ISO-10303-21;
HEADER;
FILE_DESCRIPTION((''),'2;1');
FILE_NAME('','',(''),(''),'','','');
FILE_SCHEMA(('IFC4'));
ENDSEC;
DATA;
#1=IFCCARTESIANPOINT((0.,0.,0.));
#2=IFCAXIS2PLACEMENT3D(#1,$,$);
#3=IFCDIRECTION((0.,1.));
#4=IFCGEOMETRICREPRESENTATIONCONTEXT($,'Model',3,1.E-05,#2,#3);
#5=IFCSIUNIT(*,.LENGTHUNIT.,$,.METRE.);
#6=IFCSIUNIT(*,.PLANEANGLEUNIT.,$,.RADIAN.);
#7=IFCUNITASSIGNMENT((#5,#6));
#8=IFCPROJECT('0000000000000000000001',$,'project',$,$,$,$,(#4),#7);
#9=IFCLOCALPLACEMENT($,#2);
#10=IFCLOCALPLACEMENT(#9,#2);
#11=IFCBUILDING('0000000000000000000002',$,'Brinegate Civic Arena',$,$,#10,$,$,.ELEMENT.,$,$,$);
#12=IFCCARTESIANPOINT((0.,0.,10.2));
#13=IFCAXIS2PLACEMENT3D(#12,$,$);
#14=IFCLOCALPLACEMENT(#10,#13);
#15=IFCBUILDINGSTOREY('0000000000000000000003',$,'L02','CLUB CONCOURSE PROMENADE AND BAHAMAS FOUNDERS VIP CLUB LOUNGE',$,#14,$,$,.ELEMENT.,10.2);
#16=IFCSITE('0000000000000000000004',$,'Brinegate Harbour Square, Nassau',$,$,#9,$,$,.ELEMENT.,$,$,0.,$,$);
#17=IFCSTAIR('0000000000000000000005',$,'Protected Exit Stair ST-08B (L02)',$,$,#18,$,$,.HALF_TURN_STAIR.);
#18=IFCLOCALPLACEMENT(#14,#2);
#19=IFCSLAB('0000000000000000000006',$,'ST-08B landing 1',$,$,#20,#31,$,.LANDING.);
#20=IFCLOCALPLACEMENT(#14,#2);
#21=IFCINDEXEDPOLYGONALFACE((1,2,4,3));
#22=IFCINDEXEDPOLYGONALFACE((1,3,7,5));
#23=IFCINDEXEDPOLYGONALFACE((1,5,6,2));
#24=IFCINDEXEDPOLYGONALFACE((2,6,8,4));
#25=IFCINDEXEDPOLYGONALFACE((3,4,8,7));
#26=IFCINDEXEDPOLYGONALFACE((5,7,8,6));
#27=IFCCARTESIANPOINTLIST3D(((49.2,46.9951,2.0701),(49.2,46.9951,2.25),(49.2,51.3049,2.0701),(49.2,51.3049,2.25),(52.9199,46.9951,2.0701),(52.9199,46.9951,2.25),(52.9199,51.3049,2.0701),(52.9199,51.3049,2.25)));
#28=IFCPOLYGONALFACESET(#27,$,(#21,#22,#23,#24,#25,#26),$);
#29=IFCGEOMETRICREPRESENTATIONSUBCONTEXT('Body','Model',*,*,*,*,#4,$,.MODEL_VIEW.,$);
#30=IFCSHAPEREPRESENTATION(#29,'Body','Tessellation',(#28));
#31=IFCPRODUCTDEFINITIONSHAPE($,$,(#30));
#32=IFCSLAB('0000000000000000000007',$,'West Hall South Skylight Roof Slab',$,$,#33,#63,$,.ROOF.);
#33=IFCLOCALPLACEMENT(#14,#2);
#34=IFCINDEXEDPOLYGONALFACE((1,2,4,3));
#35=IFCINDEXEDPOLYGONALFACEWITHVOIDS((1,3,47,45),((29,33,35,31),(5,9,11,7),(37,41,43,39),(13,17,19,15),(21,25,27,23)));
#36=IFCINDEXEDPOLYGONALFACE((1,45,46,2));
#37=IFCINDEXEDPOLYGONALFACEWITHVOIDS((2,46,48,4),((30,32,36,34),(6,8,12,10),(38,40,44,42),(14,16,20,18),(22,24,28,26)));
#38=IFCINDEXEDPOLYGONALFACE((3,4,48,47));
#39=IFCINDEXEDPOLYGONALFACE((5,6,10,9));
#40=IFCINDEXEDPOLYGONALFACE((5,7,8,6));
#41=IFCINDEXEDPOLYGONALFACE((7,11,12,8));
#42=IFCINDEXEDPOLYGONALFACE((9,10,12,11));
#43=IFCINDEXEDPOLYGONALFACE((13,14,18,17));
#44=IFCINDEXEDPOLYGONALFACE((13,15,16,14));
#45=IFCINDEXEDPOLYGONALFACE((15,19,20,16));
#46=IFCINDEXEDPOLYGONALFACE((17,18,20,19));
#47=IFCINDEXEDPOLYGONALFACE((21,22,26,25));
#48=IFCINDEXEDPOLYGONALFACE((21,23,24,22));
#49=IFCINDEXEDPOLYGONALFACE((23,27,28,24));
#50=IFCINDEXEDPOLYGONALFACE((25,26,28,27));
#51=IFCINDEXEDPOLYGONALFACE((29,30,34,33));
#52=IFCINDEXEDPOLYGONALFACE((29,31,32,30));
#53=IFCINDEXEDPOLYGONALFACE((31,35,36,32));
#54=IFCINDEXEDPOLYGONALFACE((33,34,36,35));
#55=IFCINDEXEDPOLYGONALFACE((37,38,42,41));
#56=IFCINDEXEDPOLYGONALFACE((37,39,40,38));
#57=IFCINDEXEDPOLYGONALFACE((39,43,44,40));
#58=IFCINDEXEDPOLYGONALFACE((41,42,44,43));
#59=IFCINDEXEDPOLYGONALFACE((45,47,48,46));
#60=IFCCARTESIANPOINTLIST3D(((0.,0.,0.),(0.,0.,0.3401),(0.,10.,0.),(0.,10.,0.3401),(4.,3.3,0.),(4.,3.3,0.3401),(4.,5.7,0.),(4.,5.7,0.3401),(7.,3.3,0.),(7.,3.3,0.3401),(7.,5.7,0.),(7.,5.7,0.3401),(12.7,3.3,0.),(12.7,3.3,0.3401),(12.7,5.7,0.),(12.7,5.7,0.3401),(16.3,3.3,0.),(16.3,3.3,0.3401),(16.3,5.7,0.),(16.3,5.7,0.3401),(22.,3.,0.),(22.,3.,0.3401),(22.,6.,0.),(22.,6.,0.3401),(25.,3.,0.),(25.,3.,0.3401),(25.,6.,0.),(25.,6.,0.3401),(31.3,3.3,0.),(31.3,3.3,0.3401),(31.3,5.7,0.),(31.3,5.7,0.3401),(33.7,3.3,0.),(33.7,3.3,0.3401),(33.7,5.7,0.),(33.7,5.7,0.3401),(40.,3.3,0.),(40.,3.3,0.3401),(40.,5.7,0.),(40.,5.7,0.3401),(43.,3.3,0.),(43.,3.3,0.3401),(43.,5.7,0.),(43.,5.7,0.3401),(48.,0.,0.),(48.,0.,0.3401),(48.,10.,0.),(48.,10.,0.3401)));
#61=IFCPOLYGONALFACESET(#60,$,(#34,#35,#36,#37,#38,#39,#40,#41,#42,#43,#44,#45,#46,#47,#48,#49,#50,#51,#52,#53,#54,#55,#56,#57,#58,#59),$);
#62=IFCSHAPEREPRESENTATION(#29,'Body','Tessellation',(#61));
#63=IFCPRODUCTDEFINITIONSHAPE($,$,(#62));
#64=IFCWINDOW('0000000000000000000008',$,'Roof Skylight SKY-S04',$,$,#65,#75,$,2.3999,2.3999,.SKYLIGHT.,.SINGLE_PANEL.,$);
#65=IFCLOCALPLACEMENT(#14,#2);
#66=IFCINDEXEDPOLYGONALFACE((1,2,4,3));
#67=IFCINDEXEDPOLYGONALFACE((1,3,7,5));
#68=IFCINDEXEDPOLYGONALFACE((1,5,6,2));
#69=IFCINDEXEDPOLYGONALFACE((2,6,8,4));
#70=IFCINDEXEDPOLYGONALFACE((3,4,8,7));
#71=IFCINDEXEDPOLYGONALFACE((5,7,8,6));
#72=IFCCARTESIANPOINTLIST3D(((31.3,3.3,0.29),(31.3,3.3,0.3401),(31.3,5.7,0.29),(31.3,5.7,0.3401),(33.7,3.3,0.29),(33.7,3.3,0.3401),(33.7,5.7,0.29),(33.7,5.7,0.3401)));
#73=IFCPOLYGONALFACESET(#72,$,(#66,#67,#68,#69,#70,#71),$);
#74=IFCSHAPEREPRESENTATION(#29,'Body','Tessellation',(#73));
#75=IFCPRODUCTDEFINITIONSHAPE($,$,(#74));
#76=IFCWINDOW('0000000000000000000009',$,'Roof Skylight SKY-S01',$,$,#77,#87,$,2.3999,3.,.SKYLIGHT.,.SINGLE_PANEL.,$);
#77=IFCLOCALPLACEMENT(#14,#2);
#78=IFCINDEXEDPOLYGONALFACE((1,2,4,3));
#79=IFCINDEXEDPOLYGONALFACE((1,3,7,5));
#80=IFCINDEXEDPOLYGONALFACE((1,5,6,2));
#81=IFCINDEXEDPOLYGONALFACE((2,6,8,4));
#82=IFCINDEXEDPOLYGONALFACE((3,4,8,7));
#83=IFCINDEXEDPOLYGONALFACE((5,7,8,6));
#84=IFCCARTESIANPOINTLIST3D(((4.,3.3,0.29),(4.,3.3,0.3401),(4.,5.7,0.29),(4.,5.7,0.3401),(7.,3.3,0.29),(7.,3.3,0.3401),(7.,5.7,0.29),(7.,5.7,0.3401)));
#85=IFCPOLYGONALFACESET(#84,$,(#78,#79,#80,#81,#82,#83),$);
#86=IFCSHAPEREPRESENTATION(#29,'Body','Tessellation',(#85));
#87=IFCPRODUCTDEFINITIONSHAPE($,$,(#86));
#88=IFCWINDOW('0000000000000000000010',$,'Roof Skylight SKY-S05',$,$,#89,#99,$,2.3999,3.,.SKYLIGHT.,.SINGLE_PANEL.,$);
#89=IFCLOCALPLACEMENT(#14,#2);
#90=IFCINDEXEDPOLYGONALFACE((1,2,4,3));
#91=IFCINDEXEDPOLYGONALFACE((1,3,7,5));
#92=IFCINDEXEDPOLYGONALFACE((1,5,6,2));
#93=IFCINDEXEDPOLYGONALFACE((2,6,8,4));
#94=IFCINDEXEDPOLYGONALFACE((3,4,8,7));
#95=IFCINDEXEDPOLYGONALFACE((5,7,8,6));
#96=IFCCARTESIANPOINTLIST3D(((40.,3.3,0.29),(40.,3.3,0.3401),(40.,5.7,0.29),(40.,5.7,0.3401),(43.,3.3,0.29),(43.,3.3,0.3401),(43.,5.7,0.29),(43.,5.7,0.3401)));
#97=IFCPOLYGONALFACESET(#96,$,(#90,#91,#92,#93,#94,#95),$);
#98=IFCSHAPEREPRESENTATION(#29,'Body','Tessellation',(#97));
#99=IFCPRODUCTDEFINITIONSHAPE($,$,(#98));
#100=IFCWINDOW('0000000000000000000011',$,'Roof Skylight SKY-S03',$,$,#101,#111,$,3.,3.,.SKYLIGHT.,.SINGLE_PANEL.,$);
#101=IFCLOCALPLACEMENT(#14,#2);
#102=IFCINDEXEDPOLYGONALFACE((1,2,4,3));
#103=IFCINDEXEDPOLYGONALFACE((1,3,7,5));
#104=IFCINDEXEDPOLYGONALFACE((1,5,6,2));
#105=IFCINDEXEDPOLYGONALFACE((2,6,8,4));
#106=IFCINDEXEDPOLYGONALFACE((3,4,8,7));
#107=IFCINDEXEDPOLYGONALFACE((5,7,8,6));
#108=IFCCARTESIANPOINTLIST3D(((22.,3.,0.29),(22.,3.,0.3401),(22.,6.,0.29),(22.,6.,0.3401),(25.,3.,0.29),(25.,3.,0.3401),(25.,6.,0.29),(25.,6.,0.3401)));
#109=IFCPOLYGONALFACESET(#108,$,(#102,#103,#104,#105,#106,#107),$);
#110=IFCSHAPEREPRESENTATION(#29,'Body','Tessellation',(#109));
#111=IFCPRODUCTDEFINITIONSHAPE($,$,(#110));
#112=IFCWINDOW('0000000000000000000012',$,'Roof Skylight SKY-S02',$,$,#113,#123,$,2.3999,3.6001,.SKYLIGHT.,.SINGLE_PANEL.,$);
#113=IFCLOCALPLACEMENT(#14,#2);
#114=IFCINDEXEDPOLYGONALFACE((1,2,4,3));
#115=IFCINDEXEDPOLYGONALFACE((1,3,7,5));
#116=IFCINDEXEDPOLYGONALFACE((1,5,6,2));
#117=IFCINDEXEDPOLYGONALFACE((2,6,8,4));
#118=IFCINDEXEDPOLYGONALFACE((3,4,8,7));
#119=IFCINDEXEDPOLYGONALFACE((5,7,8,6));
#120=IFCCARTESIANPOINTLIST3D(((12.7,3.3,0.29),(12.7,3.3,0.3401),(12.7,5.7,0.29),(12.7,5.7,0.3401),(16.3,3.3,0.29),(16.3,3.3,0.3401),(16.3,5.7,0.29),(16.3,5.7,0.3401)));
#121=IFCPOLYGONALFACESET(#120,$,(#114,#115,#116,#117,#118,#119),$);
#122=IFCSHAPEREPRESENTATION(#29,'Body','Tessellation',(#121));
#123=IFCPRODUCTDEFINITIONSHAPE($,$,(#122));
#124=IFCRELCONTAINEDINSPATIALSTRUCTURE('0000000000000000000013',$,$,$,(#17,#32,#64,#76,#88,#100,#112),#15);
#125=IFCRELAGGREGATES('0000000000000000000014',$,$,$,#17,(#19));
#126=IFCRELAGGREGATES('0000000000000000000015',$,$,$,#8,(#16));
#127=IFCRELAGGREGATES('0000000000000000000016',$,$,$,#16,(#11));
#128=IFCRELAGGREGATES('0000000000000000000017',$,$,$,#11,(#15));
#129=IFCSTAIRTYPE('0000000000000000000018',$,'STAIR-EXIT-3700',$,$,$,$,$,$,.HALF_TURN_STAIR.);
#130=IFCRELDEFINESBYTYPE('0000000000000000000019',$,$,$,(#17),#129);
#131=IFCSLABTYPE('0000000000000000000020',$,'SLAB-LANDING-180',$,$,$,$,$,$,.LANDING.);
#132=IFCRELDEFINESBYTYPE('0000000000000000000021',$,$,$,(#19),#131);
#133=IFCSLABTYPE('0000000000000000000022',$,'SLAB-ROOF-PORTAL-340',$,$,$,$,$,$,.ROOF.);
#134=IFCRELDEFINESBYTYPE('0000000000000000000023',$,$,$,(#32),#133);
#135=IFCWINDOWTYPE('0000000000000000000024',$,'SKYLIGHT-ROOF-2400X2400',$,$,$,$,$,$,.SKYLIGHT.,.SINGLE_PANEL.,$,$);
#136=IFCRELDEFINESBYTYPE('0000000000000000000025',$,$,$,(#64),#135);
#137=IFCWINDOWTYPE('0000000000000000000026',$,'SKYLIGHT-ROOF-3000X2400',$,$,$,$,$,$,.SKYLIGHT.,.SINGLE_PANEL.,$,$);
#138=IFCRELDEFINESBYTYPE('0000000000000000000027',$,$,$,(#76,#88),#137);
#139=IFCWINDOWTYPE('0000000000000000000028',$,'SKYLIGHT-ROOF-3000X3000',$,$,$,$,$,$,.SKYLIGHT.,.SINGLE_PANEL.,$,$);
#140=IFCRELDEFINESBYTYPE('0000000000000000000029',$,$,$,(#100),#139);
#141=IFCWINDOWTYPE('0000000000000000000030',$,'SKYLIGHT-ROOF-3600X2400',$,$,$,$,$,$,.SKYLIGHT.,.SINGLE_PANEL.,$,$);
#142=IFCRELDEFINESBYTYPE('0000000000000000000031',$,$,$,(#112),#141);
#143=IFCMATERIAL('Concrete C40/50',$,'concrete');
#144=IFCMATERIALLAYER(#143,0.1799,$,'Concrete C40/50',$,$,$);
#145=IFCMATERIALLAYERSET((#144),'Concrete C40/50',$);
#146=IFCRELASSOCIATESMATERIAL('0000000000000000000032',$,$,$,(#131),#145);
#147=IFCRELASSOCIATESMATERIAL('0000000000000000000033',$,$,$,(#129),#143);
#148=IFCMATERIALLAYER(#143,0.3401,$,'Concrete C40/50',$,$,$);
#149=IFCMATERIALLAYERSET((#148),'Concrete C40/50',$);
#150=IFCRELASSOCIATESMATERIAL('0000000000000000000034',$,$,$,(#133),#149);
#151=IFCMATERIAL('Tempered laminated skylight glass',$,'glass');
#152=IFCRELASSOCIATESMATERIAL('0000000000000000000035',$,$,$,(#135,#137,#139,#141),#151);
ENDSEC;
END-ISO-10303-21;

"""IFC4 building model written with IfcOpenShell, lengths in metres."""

from ifc_helpers import new_model, si_unit, direction, frame, origin, origin_2d, place, context, subcontext, project, spatial, polyline, rectangle, outline, extrude, material, layer, layer_set, type_object, element, fill, aggregate, save


model = new_model("IFC4")

# Units and contexts
model_context = context("Model", 3, precision=1e-05, world=origin(), true_north=direction((0.0, 1.0)))
body_context = subcontext(model_context, "Body", "Model", "MODEL_VIEW")
ifc_project = project(units=[si_unit("LENGTHUNIT", "METRE"), si_unit("PLANEANGLEUNIT", "RADIAN")], contexts=[model_context])

# Site, building, storey
site_placement = place(None, origin())
site = spatial("IfcSite", under=ifc_project, at=site_placement, Name="Brinegate Harbour Square, Nassau", CompositionType="ELEMENT", RefElevation=0.0)
building_placement = place(site_placement, origin())
building = spatial("IfcBuilding", under=site, at=building_placement, Name="Brinegate Civic Arena", CompositionType="ELEMENT")
storey_placement = place(building_placement, frame((0.0, 0.0, 10.2)))
storey = spatial("IfcBuildingStorey", under=building, at=storey_placement, Name="L02", Description="CLUB CONCOURSE PROMENADE AND BAHAMAS FOUNDERS VIP CLUB LOUNGE", CompositionType="ELEMENT", Elevation=10.2)

# Shared definitions
ifc_material_1 = material(Name="Concrete C40/50", Category="concrete")

# Stair, slab
ifc_layer_1 = layer(ifc_material_1, 0.1799, Name="Concrete C40/50")
ifc_layer_set_1 = layer_set([ifc_layer_1], Name="Concrete C40/50")
slab_type_1 = type_object("IfcSlabType", Name="SLAB-LANDING-180", PredefinedType="LANDING", material=ifc_layer_set_1)
stair_type_1 = type_object("IfcStairType", Name="STAIR-EXIT-3700", PredefinedType="HALF_TURN_STAIR", material=ifc_material_1)
stair_1_placement = place(storey_placement, origin())
stair_1 = element("IfcStair", 1, at=stair_1_placement, inside=storey, type_object=stair_type_1, Name="Protected Exit Stair ST-08B (L02)", PredefinedType="HALF_TURN_STAIR")
slab_1_placement = place(storey_placement, frame((0.0, 0.0, 2.0701)))
slab_1 = element("IfcSlab", 2, at=slab_1_placement, type_object=slab_type_1, Name="ST-08B landing 1", PredefinedType="LANDING", context=body_context, shape_type="SweptSolid", body=[
    extrude(outline(polyline([(49.2, 46.9951), (52.9199, 46.9951), (52.9199, 51.3049), (49.2, 51.3049), (49.2, 46.9951)])), origin(), (0.0, 0.0, 1.0), 0.1799),
])
aggregate(stair_1, [slab_1])

# Slab, openings, windows
ifc_layer_2 = layer(ifc_material_1, 0.3401, Name="Concrete C40/50")
ifc_layer_set_2 = layer_set([ifc_layer_2], Name="Concrete C40/50")
slab_type_2 = type_object("IfcSlabType", Name="SLAB-ROOF-PORTAL-340", PredefinedType="ROOF", material=ifc_layer_set_2)
slab_2_placement = place(storey_placement, origin())
slab_2 = element("IfcSlab", 3, at=slab_2_placement, inside=storey, type_object=slab_type_2, Name="West Hall South Skylight Roof Slab", PredefinedType="ROOF", context=body_context, shape_type="SweptSolid", body=[
    extrude(outline(polyline([(0.0, 0.0), (48.0, 0.0), (48.0, 10.0), (0.0, 10.0), (0.0, 0.0)])), origin(), (0.0, 0.0, 1.0), 0.3401),
])
opening_1_placement = place(slab_2_placement, frame((5.5, 4.5, 0.0)))
opening_1 = element("IfcOpeningElement", 4, at=opening_1_placement, cuts=slab_2, PredefinedType="OPENING", context=body_context, shape_type="SweptSolid", body=[
    extrude(rectangle(XDim=3.0, YDim=2.3999, at=origin_2d()), origin(), (0.0, 0.0, 1.0), 0.3401),
])
opening_2_placement = place(slab_2_placement, frame((14.5, 4.5, 0.0)))
opening_2 = element("IfcOpeningElement", 5, at=opening_2_placement, cuts=slab_2, PredefinedType="OPENING", context=body_context, shape_type="SweptSolid", body=[
    extrude(rectangle(XDim=3.6001, YDim=2.3999, at=origin_2d()), origin(), (0.0, 0.0, 1.0), 0.3401),
])
opening_3_placement = place(slab_2_placement, frame((23.5, 4.5, 0.0)))
opening_3 = element("IfcOpeningElement", 6, at=opening_3_placement, cuts=slab_2, PredefinedType="OPENING", context=body_context, shape_type="SweptSolid", body=[
    extrude(rectangle(XDim=3.0, YDim=3.0, at=origin_2d()), origin(), (0.0, 0.0, 1.0), 0.3401),
])
opening_4_placement = place(slab_2_placement, frame((32.5, 4.5, 0.0)))
opening_4 = element("IfcOpeningElement", 7, at=opening_4_placement, cuts=slab_2, PredefinedType="OPENING", context=body_context, shape_type="SweptSolid", body=[
    extrude(rectangle(XDim=2.3999, YDim=2.3999, at=origin_2d()), origin(), (0.0, 0.0, 1.0), 0.3401),
])
opening_5_placement = place(slab_2_placement, frame((41.5, 4.5, 0.0)))
opening_5 = element("IfcOpeningElement", 8, at=opening_5_placement, cuts=slab_2, PredefinedType="OPENING", context=body_context, shape_type="SweptSolid", body=[
    extrude(rectangle(XDim=3.0, YDim=2.3999, at=origin_2d()), origin(), (0.0, 0.0, 1.0), 0.3401),
])
ifc_material_2 = material(Name="Tempered laminated skylight glass", Category="glass")
window_type_1 = type_object("IfcWindowType", Name="SKYLIGHT-ROOF-2400X2400", PartitioningType="SINGLE_PANEL", PredefinedType="SKYLIGHT", material=ifc_material_2)
window_1_placement = place(opening_4_placement, frame((0.0, 0.0, 0.29)))
window_1 = element("IfcWindow", 9, at=window_1_placement, inside=storey, type_object=window_type_1, Name="Roof Skylight SKY-S04", OverallHeight=2.3999, OverallWidth=2.3999, PartitioningType="SINGLE_PANEL", PredefinedType="SKYLIGHT", context=body_context, shape_type="SweptSolid", body=[
    extrude(rectangle(XDim=2.3999, YDim=2.3999, at=origin_2d()), origin(), (0.0, 0.0, 1.0), 0.05),
])
fill(opening_4, window_1)
window_type_2 = type_object("IfcWindowType", Name="SKYLIGHT-ROOF-3000X2400", PartitioningType="SINGLE_PANEL", PredefinedType="SKYLIGHT", material=ifc_material_2)
window_2_placement = place(opening_1_placement, frame((0.0, 0.0, 0.29)))
window_2 = element("IfcWindow", 10, at=window_2_placement, inside=storey, type_object=window_type_2, Name="Roof Skylight SKY-S01", OverallHeight=2.3999, OverallWidth=3.0, PartitioningType="SINGLE_PANEL", PredefinedType="SKYLIGHT", context=body_context, shape_type="SweptSolid", body=[
    extrude(rectangle(XDim=3.0, YDim=2.3999, at=origin_2d()), origin(), (0.0, 0.0, 1.0), 0.05),
])
fill(opening_1, window_2)
window_3_placement = place(opening_5_placement, frame((0.0, 0.0, 0.29)))
window_3 = element("IfcWindow", 11, at=window_3_placement, inside=storey, type_object=window_type_2, Name="Roof Skylight SKY-S05", OverallHeight=2.3999, OverallWidth=3.0, PartitioningType="SINGLE_PANEL", PredefinedType="SKYLIGHT", context=body_context, shape_type="SweptSolid", body=[
    extrude(rectangle(XDim=3.0, YDim=2.3999, at=origin_2d()), origin(), (0.0, 0.0, 1.0), 0.05),
])
fill(opening_5, window_3)
window_type_3 = type_object("IfcWindowType", Name="SKYLIGHT-ROOF-3000X3000", PartitioningType="SINGLE_PANEL", PredefinedType="SKYLIGHT", material=ifc_material_2)
window_4_placement = place(opening_3_placement, frame((0.0, 0.0, 0.29)))
window_4 = element("IfcWindow", 12, at=window_4_placement, inside=storey, type_object=window_type_3, Name="Roof Skylight SKY-S03", OverallHeight=3.0, OverallWidth=3.0, PartitioningType="SINGLE_PANEL", PredefinedType="SKYLIGHT", context=body_context, shape_type="SweptSolid", body=[
    extrude(rectangle(XDim=3.0, YDim=3.0, at=origin_2d()), origin(), (0.0, 0.0, 1.0), 0.05),
])
fill(opening_3, window_4)
window_type_4 = type_object("IfcWindowType", Name="SKYLIGHT-ROOF-3600X2400", PartitioningType="SINGLE_PANEL", PredefinedType="SKYLIGHT", material=ifc_material_2)
window_5_placement = place(opening_2_placement, frame((0.0, 0.0, 0.29)))
window_5 = element("IfcWindow", 13, at=window_5_placement, inside=storey, type_object=window_type_4, Name="Roof Skylight SKY-S02", OverallHeight=2.3999, OverallWidth=3.6001, PartitioningType="SINGLE_PANEL", PredefinedType="SKYLIGHT", context=body_context, shape_type="SweptSolid", body=[
    extrude(rectangle(XDim=3.6001, YDim=2.3999, at=origin_2d()), origin(), (0.0, 0.0, 1.0), 0.05),
])
fill(opening_2, window_5)

save(model, "model.ifc")
